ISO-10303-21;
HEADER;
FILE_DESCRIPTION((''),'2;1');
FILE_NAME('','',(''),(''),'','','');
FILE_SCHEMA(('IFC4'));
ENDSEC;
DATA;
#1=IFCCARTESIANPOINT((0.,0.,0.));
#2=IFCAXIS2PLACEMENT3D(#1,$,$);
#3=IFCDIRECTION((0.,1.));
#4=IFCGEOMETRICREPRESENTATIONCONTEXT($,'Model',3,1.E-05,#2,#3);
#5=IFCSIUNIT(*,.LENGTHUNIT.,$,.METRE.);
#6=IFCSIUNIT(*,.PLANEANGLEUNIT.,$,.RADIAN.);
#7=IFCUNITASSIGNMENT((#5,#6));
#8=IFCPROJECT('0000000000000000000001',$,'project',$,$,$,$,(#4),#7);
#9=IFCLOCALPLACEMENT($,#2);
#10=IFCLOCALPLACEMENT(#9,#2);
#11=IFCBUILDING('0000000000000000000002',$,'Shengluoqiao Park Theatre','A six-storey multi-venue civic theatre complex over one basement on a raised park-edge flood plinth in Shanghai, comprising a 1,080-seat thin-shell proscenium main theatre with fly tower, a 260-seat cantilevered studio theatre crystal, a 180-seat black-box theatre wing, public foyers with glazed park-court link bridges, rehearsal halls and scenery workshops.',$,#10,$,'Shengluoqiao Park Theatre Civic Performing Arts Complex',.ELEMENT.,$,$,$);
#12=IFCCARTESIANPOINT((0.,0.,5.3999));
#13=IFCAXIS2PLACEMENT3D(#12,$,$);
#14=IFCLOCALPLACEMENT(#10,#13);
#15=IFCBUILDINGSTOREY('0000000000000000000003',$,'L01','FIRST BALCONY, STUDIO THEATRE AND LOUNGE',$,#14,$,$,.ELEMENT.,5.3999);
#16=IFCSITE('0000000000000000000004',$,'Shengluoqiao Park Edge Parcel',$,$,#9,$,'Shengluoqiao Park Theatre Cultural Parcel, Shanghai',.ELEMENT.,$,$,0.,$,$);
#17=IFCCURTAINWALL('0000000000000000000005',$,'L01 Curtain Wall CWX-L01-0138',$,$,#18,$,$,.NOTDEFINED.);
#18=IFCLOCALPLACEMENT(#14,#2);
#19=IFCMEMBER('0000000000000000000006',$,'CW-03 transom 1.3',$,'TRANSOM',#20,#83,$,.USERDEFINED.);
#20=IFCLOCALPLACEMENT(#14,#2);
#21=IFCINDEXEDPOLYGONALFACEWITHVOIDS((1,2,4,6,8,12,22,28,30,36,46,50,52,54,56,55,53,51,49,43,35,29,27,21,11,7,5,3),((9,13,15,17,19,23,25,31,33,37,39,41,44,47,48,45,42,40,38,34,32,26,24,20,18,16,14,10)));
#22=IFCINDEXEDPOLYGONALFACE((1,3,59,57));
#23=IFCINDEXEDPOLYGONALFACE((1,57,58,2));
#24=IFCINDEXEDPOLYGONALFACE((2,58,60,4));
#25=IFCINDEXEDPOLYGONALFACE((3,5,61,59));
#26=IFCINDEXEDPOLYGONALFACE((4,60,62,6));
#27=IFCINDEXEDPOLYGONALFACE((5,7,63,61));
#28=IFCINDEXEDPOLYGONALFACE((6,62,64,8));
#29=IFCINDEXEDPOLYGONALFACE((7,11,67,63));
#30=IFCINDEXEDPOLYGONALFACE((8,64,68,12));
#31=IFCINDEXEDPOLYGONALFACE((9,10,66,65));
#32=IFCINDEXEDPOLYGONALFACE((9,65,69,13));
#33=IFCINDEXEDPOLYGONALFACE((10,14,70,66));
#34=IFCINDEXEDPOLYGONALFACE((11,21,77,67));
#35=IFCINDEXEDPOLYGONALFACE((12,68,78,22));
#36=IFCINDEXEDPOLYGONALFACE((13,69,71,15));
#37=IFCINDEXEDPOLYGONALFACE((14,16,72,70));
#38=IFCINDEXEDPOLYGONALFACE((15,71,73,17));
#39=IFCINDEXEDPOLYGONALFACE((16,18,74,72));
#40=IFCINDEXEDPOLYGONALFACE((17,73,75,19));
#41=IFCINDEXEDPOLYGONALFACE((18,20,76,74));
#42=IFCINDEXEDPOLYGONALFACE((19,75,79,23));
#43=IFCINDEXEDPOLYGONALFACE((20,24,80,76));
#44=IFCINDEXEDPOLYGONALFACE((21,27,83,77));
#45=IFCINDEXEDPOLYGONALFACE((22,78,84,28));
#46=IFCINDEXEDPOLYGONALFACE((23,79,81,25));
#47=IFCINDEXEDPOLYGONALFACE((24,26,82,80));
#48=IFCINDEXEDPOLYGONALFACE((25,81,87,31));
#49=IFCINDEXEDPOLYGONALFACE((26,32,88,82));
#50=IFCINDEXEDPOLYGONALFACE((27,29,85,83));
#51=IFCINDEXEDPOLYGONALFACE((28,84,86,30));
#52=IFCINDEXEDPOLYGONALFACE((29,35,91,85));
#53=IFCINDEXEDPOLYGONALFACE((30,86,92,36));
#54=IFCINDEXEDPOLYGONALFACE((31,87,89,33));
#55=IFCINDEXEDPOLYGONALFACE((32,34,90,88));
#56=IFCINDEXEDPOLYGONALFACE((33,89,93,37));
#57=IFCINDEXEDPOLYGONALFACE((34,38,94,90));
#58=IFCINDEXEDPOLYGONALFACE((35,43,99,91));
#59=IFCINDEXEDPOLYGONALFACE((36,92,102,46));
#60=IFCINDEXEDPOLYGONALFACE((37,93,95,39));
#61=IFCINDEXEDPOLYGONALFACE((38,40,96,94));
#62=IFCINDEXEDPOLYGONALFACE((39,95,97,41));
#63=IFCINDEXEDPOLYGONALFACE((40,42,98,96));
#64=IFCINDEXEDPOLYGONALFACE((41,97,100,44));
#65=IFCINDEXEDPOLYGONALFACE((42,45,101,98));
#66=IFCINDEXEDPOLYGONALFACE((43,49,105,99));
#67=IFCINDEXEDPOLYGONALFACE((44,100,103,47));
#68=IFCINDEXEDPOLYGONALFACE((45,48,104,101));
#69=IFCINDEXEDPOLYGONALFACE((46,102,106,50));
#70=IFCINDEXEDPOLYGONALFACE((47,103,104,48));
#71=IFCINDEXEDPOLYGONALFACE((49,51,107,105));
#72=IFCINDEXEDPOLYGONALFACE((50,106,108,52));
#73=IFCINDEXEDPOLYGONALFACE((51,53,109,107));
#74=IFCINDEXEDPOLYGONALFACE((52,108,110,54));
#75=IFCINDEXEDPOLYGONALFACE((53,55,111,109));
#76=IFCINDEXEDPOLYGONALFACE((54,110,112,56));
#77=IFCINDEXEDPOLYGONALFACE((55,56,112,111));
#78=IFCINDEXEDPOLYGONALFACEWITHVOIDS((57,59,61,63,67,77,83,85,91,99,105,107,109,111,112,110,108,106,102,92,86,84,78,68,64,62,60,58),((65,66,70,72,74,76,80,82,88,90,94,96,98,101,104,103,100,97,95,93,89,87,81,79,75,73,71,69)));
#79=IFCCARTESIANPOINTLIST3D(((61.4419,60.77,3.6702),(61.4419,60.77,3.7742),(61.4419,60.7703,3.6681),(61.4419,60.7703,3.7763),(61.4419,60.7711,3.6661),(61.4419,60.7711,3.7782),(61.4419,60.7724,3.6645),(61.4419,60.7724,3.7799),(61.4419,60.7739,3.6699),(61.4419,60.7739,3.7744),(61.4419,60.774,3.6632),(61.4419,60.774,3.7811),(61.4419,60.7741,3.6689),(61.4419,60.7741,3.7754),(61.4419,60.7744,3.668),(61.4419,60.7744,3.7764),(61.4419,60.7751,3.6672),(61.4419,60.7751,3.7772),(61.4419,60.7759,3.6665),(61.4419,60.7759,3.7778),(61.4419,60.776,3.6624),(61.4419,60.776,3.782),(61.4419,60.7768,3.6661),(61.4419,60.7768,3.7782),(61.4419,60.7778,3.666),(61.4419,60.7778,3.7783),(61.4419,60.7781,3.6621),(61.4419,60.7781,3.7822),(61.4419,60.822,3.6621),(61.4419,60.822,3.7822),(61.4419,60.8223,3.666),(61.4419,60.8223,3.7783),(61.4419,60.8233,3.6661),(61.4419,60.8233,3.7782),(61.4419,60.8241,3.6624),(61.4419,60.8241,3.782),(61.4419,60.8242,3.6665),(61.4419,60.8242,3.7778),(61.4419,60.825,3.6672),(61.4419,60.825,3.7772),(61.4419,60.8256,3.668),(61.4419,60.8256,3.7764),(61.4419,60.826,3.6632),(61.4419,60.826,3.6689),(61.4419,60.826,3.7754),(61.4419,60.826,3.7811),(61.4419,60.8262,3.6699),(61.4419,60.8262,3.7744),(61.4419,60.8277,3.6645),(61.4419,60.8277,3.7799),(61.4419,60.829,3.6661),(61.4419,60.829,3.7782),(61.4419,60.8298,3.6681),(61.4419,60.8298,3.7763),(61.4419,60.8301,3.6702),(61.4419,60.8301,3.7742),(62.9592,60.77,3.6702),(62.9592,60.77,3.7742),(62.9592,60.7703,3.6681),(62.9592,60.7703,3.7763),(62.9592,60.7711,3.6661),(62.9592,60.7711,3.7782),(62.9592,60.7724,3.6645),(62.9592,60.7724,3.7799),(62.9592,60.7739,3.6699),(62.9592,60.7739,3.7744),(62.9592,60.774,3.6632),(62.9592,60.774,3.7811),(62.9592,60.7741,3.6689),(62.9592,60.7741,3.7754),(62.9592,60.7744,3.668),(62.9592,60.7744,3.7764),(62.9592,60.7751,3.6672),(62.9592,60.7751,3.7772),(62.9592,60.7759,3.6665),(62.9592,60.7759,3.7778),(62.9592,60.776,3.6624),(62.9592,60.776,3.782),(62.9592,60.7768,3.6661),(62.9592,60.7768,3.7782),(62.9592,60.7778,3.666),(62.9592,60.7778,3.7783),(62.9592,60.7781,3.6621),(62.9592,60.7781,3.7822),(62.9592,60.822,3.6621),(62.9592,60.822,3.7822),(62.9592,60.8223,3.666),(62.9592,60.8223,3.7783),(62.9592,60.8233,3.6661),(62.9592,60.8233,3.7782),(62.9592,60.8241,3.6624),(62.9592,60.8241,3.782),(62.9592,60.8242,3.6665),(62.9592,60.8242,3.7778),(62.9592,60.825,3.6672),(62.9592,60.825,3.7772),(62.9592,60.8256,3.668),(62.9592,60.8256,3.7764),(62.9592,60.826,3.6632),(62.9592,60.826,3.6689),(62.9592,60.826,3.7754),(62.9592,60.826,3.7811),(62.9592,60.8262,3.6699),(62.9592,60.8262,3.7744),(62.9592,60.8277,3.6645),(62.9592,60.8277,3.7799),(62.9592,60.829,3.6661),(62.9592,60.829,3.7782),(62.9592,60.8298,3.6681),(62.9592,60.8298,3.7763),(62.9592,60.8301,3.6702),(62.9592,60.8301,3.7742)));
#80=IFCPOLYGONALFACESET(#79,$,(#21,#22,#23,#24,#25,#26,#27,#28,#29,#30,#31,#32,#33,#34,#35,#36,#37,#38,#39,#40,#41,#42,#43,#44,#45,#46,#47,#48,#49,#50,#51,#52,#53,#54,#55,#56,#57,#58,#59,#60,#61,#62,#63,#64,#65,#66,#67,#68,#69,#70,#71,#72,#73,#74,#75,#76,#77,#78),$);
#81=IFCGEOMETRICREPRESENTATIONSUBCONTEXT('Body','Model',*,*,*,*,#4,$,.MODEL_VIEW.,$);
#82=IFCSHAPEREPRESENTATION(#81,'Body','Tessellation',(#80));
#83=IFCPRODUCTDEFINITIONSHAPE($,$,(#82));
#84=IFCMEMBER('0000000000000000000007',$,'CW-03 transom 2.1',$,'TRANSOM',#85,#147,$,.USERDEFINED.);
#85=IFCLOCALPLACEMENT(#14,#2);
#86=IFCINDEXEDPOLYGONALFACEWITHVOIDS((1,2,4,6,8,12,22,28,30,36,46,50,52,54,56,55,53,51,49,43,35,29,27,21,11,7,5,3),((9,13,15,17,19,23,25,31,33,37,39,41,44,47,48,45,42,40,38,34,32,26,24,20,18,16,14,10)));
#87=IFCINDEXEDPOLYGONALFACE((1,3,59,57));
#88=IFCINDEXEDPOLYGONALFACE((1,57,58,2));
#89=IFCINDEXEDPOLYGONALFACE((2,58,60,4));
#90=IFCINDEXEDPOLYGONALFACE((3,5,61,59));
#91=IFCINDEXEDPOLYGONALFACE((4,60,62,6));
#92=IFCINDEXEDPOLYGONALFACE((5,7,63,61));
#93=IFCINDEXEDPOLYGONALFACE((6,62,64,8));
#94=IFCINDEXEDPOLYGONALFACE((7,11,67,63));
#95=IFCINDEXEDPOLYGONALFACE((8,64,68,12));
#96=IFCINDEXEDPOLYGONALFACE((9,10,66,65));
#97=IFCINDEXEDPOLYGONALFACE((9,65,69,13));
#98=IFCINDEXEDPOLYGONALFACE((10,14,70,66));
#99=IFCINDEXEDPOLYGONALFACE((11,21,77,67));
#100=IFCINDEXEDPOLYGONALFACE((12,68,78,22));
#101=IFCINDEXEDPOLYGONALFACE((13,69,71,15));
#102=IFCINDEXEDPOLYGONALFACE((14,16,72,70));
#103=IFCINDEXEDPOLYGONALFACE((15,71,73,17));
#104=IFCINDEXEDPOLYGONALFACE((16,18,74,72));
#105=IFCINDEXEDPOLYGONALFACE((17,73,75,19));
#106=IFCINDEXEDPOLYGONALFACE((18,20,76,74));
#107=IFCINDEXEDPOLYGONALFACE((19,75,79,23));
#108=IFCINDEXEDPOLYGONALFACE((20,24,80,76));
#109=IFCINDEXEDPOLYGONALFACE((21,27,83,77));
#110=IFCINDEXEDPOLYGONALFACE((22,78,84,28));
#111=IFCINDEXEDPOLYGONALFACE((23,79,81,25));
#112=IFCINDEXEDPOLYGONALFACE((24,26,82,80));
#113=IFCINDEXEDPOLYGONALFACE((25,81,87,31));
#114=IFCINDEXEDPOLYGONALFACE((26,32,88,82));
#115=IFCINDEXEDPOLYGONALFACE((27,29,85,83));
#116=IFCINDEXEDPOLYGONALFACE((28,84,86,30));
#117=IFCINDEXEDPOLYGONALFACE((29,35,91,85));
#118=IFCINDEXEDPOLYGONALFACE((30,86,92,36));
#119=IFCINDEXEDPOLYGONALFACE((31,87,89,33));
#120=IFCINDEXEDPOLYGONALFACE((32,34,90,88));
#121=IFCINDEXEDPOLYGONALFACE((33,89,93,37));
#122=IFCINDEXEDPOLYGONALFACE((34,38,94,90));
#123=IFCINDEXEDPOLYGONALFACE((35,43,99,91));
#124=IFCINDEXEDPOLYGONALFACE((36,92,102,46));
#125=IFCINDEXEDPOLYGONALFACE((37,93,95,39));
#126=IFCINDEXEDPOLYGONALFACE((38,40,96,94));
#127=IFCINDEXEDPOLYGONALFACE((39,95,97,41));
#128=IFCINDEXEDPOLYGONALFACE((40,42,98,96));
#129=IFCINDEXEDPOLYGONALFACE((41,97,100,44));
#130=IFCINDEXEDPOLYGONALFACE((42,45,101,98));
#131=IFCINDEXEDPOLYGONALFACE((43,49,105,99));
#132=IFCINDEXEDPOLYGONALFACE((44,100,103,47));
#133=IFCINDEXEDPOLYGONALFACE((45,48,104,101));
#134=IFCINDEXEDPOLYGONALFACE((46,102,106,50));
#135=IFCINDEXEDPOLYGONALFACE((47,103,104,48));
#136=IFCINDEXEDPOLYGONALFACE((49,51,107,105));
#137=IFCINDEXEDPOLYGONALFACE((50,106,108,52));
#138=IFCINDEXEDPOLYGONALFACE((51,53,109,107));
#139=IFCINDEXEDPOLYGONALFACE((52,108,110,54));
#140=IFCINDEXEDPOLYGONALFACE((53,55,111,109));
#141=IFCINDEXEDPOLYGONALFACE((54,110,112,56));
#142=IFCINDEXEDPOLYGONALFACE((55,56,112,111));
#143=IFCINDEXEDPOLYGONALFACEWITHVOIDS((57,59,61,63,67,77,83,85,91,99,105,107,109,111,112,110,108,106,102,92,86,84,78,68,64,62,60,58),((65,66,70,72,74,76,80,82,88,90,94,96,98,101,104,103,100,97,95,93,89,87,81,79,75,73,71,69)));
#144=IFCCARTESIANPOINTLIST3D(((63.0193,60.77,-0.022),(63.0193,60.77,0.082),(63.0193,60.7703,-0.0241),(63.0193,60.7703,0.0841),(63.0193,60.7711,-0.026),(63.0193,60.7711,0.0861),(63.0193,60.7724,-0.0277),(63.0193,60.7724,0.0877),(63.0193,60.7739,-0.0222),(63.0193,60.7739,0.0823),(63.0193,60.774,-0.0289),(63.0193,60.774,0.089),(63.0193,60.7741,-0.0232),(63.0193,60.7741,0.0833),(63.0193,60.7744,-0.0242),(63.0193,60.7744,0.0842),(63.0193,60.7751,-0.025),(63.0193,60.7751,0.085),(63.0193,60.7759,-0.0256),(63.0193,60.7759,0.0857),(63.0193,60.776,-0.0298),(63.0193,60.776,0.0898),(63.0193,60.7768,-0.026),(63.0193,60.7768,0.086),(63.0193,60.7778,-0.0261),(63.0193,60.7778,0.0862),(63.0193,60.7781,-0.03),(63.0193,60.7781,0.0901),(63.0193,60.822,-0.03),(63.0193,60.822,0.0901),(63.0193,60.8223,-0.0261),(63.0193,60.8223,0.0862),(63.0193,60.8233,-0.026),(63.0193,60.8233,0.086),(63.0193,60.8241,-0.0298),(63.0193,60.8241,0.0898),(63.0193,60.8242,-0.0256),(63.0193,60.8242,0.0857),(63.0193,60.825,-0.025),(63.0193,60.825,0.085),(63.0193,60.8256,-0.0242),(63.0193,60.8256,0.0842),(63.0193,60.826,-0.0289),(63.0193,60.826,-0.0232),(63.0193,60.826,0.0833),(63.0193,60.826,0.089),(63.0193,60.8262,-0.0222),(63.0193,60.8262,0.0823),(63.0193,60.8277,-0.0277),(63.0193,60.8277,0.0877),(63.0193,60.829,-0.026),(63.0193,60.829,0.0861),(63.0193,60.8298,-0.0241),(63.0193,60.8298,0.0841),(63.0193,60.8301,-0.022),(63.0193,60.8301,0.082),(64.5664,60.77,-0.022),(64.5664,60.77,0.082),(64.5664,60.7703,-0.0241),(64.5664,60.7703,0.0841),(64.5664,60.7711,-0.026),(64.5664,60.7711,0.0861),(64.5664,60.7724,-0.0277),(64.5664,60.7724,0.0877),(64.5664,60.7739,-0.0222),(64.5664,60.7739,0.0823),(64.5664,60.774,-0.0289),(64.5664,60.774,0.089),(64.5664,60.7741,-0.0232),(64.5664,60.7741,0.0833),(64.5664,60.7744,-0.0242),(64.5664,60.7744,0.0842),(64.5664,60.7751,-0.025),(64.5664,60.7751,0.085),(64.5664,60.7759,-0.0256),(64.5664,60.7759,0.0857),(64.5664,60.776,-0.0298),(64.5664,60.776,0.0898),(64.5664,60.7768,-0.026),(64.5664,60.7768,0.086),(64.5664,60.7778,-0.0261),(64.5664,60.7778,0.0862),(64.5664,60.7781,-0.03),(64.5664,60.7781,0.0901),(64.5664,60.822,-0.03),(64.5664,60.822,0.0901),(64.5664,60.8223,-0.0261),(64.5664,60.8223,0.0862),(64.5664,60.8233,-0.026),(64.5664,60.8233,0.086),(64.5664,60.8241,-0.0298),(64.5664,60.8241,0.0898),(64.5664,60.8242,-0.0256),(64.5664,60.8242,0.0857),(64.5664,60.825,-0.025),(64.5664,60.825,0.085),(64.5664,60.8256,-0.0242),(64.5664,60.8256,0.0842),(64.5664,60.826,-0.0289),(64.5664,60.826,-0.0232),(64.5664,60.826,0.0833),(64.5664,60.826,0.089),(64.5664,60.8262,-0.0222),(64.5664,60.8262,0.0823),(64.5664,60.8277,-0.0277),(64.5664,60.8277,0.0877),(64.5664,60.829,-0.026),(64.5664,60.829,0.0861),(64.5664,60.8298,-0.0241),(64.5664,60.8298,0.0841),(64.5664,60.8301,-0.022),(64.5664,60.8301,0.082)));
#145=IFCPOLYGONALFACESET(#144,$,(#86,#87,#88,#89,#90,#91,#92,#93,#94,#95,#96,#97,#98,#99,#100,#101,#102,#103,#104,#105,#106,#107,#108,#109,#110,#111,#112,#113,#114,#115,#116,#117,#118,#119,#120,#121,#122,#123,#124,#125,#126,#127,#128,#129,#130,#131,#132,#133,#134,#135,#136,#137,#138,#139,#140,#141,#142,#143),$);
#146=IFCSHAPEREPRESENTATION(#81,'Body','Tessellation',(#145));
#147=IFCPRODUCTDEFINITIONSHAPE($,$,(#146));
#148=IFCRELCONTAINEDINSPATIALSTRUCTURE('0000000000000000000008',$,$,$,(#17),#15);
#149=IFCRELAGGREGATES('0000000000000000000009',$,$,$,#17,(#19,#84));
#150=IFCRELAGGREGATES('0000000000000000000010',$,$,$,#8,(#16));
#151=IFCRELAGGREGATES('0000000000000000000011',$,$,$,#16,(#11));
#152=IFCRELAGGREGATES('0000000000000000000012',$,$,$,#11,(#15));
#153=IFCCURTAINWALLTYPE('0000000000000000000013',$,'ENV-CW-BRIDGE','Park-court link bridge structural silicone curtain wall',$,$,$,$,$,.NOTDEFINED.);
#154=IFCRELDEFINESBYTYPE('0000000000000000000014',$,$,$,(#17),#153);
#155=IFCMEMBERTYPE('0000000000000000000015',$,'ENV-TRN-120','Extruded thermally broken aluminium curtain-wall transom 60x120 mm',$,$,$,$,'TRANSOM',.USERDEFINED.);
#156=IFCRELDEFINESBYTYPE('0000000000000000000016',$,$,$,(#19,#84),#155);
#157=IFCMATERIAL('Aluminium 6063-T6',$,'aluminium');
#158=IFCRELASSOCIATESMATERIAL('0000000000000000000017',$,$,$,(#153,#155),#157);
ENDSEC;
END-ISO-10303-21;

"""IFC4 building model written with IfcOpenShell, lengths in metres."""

from ifc_helpers import new_model, si_unit, direction, frame, origin, origin_2d, place, context, subcontext, project, spatial, hollow_rectangle, extrude, material, material_profile, profile_set, type_object, element, aggregate, save


model = new_model("IFC4")

# Units and contexts
model_context = context("Model", 3, precision=1e-05, world=origin(), true_north=direction((0.0, 1.0)))
body_context = subcontext(model_context, "Body", "Model", "MODEL_VIEW")
ifc_project = project(units=[si_unit("LENGTHUNIT", "METRE"), si_unit("PLANEANGLEUNIT", "RADIAN")], contexts=[model_context])

# Site, building, storey
site_placement = place(None, origin())
site = spatial("IfcSite", under=ifc_project, at=site_placement, Name="Shengluoqiao Park Edge Parcel", LongName="Shengluoqiao Park Theatre Cultural Parcel, Shanghai", CompositionType="ELEMENT", RefElevation=0.0)
building_placement = place(site_placement, origin())
building = spatial("IfcBuilding", under=site, at=building_placement, Name="Shengluoqiao Park Theatre", Description="A six-storey multi-venue civic theatre complex over one basement on a raised park-edge flood plinth in Shanghai, comprising a 1,080-seat thin-shell proscenium main theatre with fly tower, a 260-seat cantilevered studio theatre crystal, a 180-seat black-box theatre wing, public foyers with glazed park-court link bridges, rehearsal halls and scenery workshops.", LongName="Shengluoqiao Park Theatre Civic Performing Arts Complex", CompositionType="ELEMENT")
storey_placement = place(building_placement, frame((0.0, 0.0, 5.3999)))
storey = spatial("IfcBuildingStorey", under=building, at=storey_placement, Name="L01", Description="FIRST BALCONY, STUDIO THEATRE AND LOUNGE", CompositionType="ELEMENT", Elevation=5.3999)

# Curtain wall
ifc_material_1 = material(Name="Aluminium 6063-T6", Category="aluminium")
curtain_wall_type_1 = type_object("IfcCurtainWallType", Name="ENV-CW-BRIDGE", Description="Park-court link bridge structural silicone curtain wall", PredefinedType="NOTDEFINED", material=ifc_material_1)
curtain_wall_1_placement = place(storey_placement, origin())
curtain_wall_1 = element("IfcCurtainWall", 1, at=curtain_wall_1_placement, inside=storey, type_object=curtain_wall_type_1, Name="L01 Curtain Wall CWX-L01-0138", PredefinedType="NOTDEFINED")

# Members
ifc_material_profile_1 = material_profile(ifc_material_1, hollow_rectangle(XDim=0.0601, YDim=0.1201, WallThickness=0.0039, InnerFilletRadius=0.0039, OuterFilletRadius=0.0081, at=origin_2d()), Name="ALU TRANSOM 120x60x4")
ifc_profile_set_1 = profile_set([ifc_material_profile_1], Name="Aluminium 6063-T6")
member_type_1 = type_object("IfcMemberType", Name="ENV-TRN-120", Description="Extruded thermally broken aluminium curtain-wall transom 60x120 mm", ElementType="TRANSOM", PredefinedType="USERDEFINED", material=ifc_profile_set_1)
member_1_placement = place(storey_placement, frame((61.4419, 60.8, 3.7222), z_axis=(1.0, 0.0, 0.0), x_axis=(0.0, 1.0, 0.0)))
member_1 = element("IfcMember", 2, at=member_1_placement, type_object=member_type_1, Name="CW-03 transom 1.3", ObjectType="TRANSOM", PredefinedType="USERDEFINED", context=body_context, shape_type="SweptSolid", body=[
    extrude(hollow_rectangle(XDim=0.0601, YDim=0.1201, WallThickness=0.0039, InnerFilletRadius=0.0039, OuterFilletRadius=0.0081, at=origin_2d()), origin(), (0.0, 0.0, 1.0), 1.5173),
])
member_2_placement = place(storey_placement, frame((63.0193, 60.8, 0.03), z_axis=(1.0, 0.0, 0.0), x_axis=(0.0, 1.0, 0.0)))
member_2 = element("IfcMember", 3, at=member_2_placement, type_object=member_type_1, Name="CW-03 transom 2.1", ObjectType="TRANSOM", PredefinedType="USERDEFINED", context=body_context, shape_type="SweptSolid", body=[
    extrude(hollow_rectangle(XDim=0.0601, YDim=0.1201, WallThickness=0.0039, InnerFilletRadius=0.0039, OuterFilletRadius=0.0081, at=origin_2d()), origin(), (0.0, 0.0, 1.0), 1.5471),
])

aggregate(curtain_wall_1, [member_1, member_2])

save(model, "model.ifc")
